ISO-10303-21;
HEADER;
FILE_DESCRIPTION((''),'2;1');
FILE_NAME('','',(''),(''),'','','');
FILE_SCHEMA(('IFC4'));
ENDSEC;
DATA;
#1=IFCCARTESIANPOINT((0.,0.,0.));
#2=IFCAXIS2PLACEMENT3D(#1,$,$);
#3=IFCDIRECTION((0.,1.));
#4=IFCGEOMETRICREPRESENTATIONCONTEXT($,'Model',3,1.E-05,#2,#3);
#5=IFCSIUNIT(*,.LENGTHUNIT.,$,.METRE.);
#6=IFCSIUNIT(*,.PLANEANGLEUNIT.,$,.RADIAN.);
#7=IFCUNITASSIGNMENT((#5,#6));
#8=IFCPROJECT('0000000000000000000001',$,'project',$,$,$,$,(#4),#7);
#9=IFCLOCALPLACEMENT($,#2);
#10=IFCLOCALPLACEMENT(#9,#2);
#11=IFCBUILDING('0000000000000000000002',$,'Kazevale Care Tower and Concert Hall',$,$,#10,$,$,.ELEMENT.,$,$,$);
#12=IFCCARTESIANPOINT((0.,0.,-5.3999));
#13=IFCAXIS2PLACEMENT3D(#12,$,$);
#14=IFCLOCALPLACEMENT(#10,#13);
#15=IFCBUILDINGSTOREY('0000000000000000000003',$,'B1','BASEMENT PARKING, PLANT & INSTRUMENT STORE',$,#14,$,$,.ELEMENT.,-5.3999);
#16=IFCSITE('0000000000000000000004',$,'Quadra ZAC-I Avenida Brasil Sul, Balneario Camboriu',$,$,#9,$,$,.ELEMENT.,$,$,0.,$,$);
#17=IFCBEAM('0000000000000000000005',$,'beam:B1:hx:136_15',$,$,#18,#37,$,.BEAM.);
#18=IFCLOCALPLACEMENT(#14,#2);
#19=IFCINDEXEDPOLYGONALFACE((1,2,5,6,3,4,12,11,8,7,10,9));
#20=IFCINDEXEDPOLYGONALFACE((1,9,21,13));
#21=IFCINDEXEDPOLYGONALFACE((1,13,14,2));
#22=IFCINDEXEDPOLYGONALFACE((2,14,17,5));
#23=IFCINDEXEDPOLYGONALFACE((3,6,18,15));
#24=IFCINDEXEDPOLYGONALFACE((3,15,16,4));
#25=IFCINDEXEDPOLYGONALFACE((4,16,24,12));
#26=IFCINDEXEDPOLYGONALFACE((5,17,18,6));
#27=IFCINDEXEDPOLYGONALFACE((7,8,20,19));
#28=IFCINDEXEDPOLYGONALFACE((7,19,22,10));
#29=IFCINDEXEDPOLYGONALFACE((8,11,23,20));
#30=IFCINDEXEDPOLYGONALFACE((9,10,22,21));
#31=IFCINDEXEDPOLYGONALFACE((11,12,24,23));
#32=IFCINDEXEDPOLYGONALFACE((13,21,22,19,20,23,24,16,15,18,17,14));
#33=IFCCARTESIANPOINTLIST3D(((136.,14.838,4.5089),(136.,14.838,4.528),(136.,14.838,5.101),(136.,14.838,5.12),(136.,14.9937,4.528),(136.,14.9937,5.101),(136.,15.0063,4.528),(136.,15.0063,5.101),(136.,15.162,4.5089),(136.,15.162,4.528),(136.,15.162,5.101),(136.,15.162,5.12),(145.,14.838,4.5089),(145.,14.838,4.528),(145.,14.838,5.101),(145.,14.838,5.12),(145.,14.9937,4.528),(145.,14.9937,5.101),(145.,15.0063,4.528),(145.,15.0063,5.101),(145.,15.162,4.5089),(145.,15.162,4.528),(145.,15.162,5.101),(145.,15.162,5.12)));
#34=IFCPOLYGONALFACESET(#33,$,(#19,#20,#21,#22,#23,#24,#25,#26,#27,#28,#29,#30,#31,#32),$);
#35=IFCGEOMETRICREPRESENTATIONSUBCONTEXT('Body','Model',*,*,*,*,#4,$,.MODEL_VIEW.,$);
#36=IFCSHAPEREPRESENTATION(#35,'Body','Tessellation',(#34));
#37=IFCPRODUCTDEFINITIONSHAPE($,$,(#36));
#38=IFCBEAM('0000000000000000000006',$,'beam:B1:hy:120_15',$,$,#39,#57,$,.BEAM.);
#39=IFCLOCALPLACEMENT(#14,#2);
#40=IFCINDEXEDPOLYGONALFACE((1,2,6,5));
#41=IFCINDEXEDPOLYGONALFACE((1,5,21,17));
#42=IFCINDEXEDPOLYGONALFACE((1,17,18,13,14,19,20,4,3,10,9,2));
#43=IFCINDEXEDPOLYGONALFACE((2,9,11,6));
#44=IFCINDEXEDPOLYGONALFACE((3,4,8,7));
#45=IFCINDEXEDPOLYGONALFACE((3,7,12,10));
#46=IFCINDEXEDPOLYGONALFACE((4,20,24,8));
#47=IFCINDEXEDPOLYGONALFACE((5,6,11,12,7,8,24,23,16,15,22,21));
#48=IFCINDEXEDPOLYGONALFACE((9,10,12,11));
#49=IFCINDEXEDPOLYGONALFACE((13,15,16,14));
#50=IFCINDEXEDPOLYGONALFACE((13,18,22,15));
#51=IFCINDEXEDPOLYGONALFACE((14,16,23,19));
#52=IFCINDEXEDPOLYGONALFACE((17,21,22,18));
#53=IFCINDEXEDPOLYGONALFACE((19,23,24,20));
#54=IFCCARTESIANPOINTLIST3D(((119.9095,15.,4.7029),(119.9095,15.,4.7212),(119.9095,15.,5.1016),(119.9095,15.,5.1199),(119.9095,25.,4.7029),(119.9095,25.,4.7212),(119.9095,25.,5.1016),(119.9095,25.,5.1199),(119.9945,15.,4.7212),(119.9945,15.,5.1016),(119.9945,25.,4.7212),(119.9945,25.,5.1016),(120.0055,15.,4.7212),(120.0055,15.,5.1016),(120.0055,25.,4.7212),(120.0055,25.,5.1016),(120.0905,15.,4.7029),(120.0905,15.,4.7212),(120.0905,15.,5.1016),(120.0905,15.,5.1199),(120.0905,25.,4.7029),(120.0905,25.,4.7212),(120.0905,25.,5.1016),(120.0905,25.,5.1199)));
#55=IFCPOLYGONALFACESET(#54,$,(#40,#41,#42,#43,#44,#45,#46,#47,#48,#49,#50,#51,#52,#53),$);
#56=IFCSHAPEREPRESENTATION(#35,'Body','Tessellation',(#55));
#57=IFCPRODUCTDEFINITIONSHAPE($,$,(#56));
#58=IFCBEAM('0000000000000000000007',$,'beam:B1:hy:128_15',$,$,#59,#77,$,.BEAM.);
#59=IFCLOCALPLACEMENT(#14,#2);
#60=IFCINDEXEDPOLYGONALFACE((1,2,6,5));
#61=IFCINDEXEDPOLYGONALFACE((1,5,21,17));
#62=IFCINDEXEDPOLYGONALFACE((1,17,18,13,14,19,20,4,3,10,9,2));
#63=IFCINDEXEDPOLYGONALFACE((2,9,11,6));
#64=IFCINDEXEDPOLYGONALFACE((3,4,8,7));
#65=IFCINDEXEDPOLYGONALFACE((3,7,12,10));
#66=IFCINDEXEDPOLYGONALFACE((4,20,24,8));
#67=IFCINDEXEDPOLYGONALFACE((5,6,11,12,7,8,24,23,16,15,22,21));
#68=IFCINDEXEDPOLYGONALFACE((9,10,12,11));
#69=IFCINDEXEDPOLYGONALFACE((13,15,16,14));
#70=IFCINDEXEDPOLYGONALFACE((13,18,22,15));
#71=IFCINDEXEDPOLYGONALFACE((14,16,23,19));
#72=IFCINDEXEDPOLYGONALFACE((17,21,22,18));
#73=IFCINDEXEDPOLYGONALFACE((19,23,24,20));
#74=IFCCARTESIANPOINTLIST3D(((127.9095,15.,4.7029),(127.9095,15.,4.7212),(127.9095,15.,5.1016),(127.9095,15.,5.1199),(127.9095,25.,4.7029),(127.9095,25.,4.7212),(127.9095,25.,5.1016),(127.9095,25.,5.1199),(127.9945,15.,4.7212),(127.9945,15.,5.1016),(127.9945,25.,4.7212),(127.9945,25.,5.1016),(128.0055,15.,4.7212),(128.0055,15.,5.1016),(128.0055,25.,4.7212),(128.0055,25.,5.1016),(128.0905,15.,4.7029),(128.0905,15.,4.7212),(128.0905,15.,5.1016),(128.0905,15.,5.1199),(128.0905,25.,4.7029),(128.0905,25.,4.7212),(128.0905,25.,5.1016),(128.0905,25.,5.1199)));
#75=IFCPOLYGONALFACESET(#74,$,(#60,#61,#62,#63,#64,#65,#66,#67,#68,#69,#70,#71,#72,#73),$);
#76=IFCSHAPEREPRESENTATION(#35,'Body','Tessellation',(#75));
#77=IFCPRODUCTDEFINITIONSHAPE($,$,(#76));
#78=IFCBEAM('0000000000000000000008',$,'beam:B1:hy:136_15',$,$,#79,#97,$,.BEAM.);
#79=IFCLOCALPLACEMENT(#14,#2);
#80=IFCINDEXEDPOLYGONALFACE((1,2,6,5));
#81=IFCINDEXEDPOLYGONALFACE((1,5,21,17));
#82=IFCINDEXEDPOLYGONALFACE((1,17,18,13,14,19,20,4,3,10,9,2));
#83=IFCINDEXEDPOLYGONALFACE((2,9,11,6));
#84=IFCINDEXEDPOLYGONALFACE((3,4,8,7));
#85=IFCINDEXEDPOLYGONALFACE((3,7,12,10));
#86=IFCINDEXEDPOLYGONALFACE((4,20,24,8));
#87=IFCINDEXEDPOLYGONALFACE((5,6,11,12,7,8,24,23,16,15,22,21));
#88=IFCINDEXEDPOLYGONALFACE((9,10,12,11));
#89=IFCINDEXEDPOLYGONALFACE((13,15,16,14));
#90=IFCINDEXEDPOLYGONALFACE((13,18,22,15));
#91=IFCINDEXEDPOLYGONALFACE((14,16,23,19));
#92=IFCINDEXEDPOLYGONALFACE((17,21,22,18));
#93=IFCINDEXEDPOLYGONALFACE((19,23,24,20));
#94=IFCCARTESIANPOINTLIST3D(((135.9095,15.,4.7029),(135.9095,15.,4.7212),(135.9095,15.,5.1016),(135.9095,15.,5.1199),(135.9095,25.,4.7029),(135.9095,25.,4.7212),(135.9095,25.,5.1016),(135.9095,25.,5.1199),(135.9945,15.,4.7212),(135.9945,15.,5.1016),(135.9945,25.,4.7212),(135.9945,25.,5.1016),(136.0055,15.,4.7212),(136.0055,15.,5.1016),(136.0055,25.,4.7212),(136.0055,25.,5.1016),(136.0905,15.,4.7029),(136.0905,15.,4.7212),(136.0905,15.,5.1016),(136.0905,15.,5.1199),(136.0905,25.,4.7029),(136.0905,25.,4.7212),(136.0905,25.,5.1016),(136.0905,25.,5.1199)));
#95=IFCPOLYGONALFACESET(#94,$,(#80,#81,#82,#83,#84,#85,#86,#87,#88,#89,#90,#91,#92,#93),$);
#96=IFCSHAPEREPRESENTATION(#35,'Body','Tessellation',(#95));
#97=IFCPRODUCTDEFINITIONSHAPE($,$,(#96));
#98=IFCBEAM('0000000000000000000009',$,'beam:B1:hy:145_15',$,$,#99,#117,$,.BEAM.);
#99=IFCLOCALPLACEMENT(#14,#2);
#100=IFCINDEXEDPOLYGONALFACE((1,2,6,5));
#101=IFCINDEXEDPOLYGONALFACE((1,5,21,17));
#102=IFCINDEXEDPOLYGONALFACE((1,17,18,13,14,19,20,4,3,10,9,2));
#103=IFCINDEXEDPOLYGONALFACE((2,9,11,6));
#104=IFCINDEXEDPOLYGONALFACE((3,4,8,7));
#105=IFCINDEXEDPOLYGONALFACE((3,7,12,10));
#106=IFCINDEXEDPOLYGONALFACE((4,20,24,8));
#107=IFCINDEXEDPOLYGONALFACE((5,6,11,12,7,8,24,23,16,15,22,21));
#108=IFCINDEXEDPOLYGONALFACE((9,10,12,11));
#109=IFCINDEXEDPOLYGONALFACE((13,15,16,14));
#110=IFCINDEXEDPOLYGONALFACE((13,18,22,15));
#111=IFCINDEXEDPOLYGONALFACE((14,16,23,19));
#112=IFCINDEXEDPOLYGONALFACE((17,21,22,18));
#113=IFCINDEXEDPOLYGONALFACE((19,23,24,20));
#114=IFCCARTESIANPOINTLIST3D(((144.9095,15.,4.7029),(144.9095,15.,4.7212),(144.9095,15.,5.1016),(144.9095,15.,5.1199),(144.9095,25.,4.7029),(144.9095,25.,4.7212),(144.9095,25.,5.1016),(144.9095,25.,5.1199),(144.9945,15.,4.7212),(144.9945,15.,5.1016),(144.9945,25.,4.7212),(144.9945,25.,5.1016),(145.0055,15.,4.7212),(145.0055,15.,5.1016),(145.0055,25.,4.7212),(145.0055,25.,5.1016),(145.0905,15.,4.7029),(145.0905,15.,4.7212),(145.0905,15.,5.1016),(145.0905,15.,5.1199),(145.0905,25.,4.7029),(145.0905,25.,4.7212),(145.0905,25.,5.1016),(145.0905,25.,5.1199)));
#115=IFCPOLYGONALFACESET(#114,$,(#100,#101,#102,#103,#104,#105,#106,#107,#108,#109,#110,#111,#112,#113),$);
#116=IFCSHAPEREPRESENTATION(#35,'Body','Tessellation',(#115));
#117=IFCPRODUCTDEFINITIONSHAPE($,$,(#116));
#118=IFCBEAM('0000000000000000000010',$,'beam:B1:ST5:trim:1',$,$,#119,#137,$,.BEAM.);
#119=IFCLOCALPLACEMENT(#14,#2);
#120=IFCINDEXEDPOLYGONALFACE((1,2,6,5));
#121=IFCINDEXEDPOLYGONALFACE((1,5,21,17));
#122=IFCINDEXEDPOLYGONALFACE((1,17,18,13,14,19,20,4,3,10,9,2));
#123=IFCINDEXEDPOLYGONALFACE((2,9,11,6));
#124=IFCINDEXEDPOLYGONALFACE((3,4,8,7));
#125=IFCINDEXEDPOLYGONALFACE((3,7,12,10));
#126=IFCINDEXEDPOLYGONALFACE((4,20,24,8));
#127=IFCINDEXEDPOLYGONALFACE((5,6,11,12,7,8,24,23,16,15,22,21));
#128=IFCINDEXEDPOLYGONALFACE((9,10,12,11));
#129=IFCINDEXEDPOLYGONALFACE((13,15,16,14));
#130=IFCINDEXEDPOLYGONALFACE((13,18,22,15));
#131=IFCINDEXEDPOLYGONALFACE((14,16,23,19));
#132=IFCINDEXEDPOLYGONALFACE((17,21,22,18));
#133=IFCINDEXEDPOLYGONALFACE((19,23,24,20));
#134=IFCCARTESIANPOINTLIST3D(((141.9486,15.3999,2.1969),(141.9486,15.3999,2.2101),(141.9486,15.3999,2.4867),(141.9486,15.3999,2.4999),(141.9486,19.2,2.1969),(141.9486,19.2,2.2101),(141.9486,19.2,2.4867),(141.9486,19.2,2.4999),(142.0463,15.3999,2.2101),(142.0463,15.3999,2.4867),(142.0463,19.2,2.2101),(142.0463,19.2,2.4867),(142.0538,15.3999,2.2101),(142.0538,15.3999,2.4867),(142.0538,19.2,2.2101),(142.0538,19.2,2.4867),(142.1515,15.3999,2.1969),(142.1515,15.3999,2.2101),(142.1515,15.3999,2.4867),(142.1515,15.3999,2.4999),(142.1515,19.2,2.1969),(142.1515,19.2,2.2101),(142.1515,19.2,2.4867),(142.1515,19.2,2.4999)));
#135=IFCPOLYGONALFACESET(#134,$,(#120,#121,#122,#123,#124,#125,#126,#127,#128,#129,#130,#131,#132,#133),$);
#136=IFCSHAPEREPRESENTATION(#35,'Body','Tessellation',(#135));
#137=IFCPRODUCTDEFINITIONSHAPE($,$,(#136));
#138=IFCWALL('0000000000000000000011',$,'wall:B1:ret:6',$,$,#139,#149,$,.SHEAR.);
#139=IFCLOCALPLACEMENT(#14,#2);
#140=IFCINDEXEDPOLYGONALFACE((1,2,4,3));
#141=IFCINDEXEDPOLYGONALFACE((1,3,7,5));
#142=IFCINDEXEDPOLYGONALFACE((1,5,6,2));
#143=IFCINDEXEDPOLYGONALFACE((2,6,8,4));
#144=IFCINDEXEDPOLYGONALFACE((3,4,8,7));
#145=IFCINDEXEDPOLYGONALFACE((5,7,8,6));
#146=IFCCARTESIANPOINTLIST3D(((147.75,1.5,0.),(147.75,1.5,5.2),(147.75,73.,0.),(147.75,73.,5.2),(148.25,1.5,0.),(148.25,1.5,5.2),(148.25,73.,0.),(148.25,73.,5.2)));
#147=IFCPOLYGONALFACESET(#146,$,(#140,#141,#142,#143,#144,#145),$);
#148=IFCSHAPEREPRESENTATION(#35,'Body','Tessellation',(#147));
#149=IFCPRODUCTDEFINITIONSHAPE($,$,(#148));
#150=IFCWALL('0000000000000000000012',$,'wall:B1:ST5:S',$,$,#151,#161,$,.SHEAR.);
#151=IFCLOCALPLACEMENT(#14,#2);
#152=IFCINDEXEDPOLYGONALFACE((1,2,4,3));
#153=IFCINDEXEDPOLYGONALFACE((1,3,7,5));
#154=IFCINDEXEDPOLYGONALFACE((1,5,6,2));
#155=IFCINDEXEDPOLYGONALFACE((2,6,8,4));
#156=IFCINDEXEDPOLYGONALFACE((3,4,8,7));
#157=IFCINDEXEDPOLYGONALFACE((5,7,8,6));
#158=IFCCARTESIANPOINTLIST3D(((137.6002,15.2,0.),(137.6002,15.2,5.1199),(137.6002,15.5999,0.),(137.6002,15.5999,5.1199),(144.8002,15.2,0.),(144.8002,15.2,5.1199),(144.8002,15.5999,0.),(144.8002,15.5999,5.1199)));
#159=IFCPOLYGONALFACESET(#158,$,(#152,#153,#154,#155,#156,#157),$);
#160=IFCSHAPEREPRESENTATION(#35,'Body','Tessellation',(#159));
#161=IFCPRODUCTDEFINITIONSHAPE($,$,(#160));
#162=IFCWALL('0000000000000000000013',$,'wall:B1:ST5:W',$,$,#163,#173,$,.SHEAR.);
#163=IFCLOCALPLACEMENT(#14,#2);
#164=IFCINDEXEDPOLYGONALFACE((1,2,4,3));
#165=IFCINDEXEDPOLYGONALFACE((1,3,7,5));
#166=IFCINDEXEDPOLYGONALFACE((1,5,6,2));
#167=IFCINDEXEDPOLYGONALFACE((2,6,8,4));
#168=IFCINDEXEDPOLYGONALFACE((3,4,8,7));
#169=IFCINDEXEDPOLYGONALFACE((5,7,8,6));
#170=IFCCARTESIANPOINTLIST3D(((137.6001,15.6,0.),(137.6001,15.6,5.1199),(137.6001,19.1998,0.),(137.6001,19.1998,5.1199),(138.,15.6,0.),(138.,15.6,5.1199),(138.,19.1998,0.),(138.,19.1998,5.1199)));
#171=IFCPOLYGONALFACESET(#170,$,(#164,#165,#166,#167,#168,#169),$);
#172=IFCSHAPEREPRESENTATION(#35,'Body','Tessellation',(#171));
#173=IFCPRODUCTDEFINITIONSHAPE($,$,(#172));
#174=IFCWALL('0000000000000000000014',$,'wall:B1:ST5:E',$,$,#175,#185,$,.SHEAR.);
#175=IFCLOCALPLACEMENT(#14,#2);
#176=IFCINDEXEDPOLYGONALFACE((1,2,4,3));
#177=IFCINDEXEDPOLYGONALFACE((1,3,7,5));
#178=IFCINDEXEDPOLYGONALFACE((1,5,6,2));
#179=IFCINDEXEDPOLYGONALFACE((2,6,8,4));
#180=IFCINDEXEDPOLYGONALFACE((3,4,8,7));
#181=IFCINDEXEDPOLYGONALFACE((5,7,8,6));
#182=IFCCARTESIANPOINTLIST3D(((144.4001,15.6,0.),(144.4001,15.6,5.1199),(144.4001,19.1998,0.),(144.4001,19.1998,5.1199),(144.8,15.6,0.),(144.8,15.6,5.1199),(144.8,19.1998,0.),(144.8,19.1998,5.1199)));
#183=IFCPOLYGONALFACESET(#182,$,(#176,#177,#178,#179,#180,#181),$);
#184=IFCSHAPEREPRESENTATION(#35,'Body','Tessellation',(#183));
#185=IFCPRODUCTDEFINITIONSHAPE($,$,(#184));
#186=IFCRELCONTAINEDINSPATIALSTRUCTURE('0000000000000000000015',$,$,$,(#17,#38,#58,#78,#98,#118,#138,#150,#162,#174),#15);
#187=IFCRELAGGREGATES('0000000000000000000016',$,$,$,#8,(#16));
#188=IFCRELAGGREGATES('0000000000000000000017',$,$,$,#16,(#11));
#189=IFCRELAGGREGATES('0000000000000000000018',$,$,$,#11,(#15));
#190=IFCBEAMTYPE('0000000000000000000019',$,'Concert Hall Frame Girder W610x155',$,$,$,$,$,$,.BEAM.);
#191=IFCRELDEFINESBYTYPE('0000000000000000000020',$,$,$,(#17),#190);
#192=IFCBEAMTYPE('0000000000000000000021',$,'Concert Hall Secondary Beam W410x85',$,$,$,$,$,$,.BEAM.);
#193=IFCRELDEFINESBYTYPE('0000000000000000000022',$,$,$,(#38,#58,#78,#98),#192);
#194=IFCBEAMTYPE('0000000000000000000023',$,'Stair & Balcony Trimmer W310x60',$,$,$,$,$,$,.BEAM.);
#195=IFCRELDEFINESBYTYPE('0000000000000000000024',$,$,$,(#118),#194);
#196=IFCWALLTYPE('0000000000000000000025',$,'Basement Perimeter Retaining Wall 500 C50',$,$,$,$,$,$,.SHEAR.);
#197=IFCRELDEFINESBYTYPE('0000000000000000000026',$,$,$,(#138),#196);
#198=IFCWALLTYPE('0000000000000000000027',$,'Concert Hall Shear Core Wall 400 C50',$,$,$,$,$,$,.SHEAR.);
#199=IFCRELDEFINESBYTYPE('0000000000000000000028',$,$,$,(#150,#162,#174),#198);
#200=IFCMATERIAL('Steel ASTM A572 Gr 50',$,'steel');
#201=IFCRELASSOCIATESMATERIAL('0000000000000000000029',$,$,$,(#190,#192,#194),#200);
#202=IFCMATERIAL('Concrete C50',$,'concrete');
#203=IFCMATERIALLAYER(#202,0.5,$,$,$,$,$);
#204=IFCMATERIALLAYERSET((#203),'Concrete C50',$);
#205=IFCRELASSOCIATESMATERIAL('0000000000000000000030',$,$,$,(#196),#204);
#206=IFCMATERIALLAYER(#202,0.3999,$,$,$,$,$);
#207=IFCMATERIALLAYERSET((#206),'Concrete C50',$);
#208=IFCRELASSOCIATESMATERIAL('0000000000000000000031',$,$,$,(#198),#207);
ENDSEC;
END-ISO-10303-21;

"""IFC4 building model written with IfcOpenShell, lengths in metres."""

from ifc_helpers import new_model, si_unit, direction, frame, frame_2d, origin, origin_2d, place, context, subcontext, project, spatial, rectangle, i_section, extrude, material, layer, layer_set, material_profile, profile_set, type_object, element, save


model = new_model("IFC4")

# Units and contexts
model_context = context("Model", 3, precision=1e-05, world=origin(), true_north=direction((0.0, 1.0)))
body_context = subcontext(model_context, "Body", "Model", "MODEL_VIEW")
ifc_project = project(units=[si_unit("LENGTHUNIT", "METRE"), si_unit("PLANEANGLEUNIT", "RADIAN")], contexts=[model_context])

# Site, building, storey
site_placement = place(None, origin())
site = spatial("IfcSite", under=ifc_project, at=site_placement, Name="Quadra ZAC-I Avenida Brasil Sul, Balneario Camboriu", CompositionType="ELEMENT", RefElevation=0.0)
building_placement = place(site_placement, origin())
building = spatial("IfcBuilding", under=site, at=building_placement, Name="Kazevale Care Tower and Concert Hall", CompositionType="ELEMENT")
storey_placement = place(building_placement, frame((0.0, 0.0, -5.3999)))
storey = spatial("IfcBuildingStorey", under=building, at=storey_placement, Name="B1", Description="BASEMENT PARKING, PLANT & INSTRUMENT STORE", CompositionType="ELEMENT", Elevation=-5.3999)

# Shared definitions
ifc_material_1 = material(Name="Concrete C50", Category="concrete")

# Beams
ifc_material_2 = material(Name="Steel ASTM A572 Gr 50", Category="steel")
ifc_material_profile_1 = material_profile(ifc_material_2, i_section(OverallWidth=0.324, OverallDepth=0.6111, WebThickness=0.0127, FlangeThickness=0.019, at=origin_2d()), Name="W610x155")
ifc_profile_set_1 = profile_set([ifc_material_profile_1], Name="Steel ASTM A572 Gr 50")
beam_type_1 = type_object("IfcBeamType", Name="Concert Hall Frame Girder W610x155", PredefinedType="BEAM", material=ifc_profile_set_1)
beam_1_placement = place(storey_placement, frame((136.0, 15.0, 4.8145), z_axis=(1.0, 0.0, 0.0), x_axis=(0.0, 1.0, 0.0)))
element("IfcBeam", 1, at=beam_1_placement, inside=storey, type_object=beam_type_1, Name="beam:B1:hx:136_15", PredefinedType="BEAM", context=body_context, shape_type="SweptSolid", body=[
    extrude(i_section(OverallWidth=0.324, OverallDepth=0.6111, WebThickness=0.0127, FlangeThickness=0.019, at=origin_2d()), origin(), (0.0, 0.0, 1.0), 9.0),
])
ifc_material_profile_2 = material_profile(ifc_material_2, i_section(OverallWidth=0.1809, OverallDepth=0.417, WebThickness=0.011, FlangeThickness=0.0183, at=origin_2d()), Name="W410x85")
ifc_profile_set_2 = profile_set([ifc_material_profile_2], Name="Steel ASTM A572 Gr 50")
beam_type_2 = type_object("IfcBeamType", Name="Concert Hall Secondary Beam W410x85", PredefinedType="BEAM", material=ifc_profile_set_2)
for number, where, z_axis, x_axis, name in (
    (2, (120.0, 15.0, 4.9114), (0.0, 1.0, 0.0), (-1.0, 0.0, 0.0), "beam:B1:hy:120_15"),
    (3, (128.0, 15.0, 4.9114), (0.0, 1.0, 0.0), (-1.0, 0.0, 0.0), "beam:B1:hy:128_15"),
    (4, (136.0, 15.0, 4.9114), (0.0, 1.0, 0.0), (-1.0, 0.0, 0.0), "beam:B1:hy:136_15"),
    (5, (145.0, 15.0, 4.9114), (0.0, 1.0, 0.0), (-1.0, 0.0, 0.0), "beam:B1:hy:145_15"),
):
    element("IfcBeam", number, at=place(storey_placement, frame(where, z_axis=z_axis, x_axis=x_axis)), inside=storey, type_object=beam_type_2, Name=name, PredefinedType="BEAM", context=body_context, shape_type="SweptSolid", body=[
        extrude(i_section(OverallWidth=0.1809, OverallDepth=0.417, WebThickness=0.011, FlangeThickness=0.0183, at=origin_2d()), origin(), (0.0, 0.0, 1.0), 10.0),
    ])
ifc_material_profile_3 = material_profile(ifc_material_2, i_section(OverallWidth=0.2029, OverallDepth=0.303, WebThickness=0.0076, FlangeThickness=0.0132, at=origin_2d()), Name="W310x60")
ifc_profile_set_3 = profile_set([ifc_material_profile_3], Name="Steel ASTM A572 Gr 50")
beam_type_3 = type_object("IfcBeamType", Name="Stair & Balcony Trimmer W310x60", PredefinedType="BEAM", material=ifc_profile_set_3)
beam_2_placement = place(storey_placement, frame((142.05, 15.3999, 2.3484), z_axis=(0.0, 1.0, 0.0), x_axis=(-1.0, 0.0, 0.0)))
element("IfcBeam", 6, at=beam_2_placement, inside=storey, type_object=beam_type_3, Name="beam:B1:ST5:trim:1", PredefinedType="BEAM", context=body_context, shape_type="SweptSolid", body=[
    extrude(i_section(OverallWidth=0.2029, OverallDepth=0.303, WebThickness=0.0076, FlangeThickness=0.0132, at=origin_2d()), origin(), (0.0, 0.0, 1.0), 3.8),
])

# Walls
ifc_layer_1 = layer(ifc_material_1, 0.5)
ifc_layer_set_1 = layer_set([ifc_layer_1], Name="Concrete C50")
wall_type_1 = type_object("IfcWallType", Name="Basement Perimeter Retaining Wall 500 C50", PredefinedType="SHEAR", material=ifc_layer_set_1)
wall_1_placement = place(storey_placement, frame((148.0, 1.5, 0.0), z_axis=(0.0, 0.0, 1.0), x_axis=(0.0, 1.0, 0.0)))
element("IfcWall", 7, at=wall_1_placement, inside=storey, type_object=wall_type_1, Name="wall:B1:ret:6", PredefinedType="SHEAR", context=body_context, shape_type="SweptSolid", body=[
    extrude(rectangle(XDim=71.5, YDim=0.5, at=frame_2d((35.75, 0.0))), origin(), (0.0, 0.0, 1.0), 5.2),
])
ifc_layer_2 = layer(ifc_material_1, 0.3999)
ifc_layer_set_2 = layer_set([ifc_layer_2], Name="Concrete C50")
wall_type_2 = type_object("IfcWallType", Name="Concert Hall Shear Core Wall 400 C50", PredefinedType="SHEAR", material=ifc_layer_set_2)
wall_2_placement = place(storey_placement, frame((137.6001, 15.3999, 0.0), z_axis=(0.0, 0.0, 1.0), x_axis=(1.0, 0.0, 0.0)))
element("IfcWall", 8, at=wall_2_placement, inside=storey, type_object=wall_type_2, Name="wall:B1:ST5:S", PredefinedType="SHEAR", context=body_context, shape_type="SweptSolid", body=[
    extrude(rectangle(XDim=7.2, YDim=0.3999, at=frame_2d((3.6001, 0.0))), origin(), (0.0, 0.0, 1.0), 5.1199),
])
for number, where, z_axis, x_axis, name in (
    (9, (137.8, 15.6001, 0.0), (0.0, 0.0, 1.0), (0.0, 1.0, 0.0), "wall:B1:ST5:W"),
    (10, (144.6001, 15.6001, 0.0), (0.0, 0.0, 1.0), (0.0, 1.0, 0.0), "wall:B1:ST5:E"),
):
    element("IfcWall", number, at=place(storey_placement, frame(where, z_axis=z_axis, x_axis=x_axis)), inside=storey, type_object=wall_type_2, Name=name, PredefinedType="SHEAR", context=body_context, shape_type="SweptSolid", body=[
        extrude(rectangle(XDim=3.5999, YDim=0.3999, at=frame_2d((1.7998, 0.0))), origin(), (0.0, 0.0, 1.0), 5.1199),
    ])

save(model, "model.ifc")
